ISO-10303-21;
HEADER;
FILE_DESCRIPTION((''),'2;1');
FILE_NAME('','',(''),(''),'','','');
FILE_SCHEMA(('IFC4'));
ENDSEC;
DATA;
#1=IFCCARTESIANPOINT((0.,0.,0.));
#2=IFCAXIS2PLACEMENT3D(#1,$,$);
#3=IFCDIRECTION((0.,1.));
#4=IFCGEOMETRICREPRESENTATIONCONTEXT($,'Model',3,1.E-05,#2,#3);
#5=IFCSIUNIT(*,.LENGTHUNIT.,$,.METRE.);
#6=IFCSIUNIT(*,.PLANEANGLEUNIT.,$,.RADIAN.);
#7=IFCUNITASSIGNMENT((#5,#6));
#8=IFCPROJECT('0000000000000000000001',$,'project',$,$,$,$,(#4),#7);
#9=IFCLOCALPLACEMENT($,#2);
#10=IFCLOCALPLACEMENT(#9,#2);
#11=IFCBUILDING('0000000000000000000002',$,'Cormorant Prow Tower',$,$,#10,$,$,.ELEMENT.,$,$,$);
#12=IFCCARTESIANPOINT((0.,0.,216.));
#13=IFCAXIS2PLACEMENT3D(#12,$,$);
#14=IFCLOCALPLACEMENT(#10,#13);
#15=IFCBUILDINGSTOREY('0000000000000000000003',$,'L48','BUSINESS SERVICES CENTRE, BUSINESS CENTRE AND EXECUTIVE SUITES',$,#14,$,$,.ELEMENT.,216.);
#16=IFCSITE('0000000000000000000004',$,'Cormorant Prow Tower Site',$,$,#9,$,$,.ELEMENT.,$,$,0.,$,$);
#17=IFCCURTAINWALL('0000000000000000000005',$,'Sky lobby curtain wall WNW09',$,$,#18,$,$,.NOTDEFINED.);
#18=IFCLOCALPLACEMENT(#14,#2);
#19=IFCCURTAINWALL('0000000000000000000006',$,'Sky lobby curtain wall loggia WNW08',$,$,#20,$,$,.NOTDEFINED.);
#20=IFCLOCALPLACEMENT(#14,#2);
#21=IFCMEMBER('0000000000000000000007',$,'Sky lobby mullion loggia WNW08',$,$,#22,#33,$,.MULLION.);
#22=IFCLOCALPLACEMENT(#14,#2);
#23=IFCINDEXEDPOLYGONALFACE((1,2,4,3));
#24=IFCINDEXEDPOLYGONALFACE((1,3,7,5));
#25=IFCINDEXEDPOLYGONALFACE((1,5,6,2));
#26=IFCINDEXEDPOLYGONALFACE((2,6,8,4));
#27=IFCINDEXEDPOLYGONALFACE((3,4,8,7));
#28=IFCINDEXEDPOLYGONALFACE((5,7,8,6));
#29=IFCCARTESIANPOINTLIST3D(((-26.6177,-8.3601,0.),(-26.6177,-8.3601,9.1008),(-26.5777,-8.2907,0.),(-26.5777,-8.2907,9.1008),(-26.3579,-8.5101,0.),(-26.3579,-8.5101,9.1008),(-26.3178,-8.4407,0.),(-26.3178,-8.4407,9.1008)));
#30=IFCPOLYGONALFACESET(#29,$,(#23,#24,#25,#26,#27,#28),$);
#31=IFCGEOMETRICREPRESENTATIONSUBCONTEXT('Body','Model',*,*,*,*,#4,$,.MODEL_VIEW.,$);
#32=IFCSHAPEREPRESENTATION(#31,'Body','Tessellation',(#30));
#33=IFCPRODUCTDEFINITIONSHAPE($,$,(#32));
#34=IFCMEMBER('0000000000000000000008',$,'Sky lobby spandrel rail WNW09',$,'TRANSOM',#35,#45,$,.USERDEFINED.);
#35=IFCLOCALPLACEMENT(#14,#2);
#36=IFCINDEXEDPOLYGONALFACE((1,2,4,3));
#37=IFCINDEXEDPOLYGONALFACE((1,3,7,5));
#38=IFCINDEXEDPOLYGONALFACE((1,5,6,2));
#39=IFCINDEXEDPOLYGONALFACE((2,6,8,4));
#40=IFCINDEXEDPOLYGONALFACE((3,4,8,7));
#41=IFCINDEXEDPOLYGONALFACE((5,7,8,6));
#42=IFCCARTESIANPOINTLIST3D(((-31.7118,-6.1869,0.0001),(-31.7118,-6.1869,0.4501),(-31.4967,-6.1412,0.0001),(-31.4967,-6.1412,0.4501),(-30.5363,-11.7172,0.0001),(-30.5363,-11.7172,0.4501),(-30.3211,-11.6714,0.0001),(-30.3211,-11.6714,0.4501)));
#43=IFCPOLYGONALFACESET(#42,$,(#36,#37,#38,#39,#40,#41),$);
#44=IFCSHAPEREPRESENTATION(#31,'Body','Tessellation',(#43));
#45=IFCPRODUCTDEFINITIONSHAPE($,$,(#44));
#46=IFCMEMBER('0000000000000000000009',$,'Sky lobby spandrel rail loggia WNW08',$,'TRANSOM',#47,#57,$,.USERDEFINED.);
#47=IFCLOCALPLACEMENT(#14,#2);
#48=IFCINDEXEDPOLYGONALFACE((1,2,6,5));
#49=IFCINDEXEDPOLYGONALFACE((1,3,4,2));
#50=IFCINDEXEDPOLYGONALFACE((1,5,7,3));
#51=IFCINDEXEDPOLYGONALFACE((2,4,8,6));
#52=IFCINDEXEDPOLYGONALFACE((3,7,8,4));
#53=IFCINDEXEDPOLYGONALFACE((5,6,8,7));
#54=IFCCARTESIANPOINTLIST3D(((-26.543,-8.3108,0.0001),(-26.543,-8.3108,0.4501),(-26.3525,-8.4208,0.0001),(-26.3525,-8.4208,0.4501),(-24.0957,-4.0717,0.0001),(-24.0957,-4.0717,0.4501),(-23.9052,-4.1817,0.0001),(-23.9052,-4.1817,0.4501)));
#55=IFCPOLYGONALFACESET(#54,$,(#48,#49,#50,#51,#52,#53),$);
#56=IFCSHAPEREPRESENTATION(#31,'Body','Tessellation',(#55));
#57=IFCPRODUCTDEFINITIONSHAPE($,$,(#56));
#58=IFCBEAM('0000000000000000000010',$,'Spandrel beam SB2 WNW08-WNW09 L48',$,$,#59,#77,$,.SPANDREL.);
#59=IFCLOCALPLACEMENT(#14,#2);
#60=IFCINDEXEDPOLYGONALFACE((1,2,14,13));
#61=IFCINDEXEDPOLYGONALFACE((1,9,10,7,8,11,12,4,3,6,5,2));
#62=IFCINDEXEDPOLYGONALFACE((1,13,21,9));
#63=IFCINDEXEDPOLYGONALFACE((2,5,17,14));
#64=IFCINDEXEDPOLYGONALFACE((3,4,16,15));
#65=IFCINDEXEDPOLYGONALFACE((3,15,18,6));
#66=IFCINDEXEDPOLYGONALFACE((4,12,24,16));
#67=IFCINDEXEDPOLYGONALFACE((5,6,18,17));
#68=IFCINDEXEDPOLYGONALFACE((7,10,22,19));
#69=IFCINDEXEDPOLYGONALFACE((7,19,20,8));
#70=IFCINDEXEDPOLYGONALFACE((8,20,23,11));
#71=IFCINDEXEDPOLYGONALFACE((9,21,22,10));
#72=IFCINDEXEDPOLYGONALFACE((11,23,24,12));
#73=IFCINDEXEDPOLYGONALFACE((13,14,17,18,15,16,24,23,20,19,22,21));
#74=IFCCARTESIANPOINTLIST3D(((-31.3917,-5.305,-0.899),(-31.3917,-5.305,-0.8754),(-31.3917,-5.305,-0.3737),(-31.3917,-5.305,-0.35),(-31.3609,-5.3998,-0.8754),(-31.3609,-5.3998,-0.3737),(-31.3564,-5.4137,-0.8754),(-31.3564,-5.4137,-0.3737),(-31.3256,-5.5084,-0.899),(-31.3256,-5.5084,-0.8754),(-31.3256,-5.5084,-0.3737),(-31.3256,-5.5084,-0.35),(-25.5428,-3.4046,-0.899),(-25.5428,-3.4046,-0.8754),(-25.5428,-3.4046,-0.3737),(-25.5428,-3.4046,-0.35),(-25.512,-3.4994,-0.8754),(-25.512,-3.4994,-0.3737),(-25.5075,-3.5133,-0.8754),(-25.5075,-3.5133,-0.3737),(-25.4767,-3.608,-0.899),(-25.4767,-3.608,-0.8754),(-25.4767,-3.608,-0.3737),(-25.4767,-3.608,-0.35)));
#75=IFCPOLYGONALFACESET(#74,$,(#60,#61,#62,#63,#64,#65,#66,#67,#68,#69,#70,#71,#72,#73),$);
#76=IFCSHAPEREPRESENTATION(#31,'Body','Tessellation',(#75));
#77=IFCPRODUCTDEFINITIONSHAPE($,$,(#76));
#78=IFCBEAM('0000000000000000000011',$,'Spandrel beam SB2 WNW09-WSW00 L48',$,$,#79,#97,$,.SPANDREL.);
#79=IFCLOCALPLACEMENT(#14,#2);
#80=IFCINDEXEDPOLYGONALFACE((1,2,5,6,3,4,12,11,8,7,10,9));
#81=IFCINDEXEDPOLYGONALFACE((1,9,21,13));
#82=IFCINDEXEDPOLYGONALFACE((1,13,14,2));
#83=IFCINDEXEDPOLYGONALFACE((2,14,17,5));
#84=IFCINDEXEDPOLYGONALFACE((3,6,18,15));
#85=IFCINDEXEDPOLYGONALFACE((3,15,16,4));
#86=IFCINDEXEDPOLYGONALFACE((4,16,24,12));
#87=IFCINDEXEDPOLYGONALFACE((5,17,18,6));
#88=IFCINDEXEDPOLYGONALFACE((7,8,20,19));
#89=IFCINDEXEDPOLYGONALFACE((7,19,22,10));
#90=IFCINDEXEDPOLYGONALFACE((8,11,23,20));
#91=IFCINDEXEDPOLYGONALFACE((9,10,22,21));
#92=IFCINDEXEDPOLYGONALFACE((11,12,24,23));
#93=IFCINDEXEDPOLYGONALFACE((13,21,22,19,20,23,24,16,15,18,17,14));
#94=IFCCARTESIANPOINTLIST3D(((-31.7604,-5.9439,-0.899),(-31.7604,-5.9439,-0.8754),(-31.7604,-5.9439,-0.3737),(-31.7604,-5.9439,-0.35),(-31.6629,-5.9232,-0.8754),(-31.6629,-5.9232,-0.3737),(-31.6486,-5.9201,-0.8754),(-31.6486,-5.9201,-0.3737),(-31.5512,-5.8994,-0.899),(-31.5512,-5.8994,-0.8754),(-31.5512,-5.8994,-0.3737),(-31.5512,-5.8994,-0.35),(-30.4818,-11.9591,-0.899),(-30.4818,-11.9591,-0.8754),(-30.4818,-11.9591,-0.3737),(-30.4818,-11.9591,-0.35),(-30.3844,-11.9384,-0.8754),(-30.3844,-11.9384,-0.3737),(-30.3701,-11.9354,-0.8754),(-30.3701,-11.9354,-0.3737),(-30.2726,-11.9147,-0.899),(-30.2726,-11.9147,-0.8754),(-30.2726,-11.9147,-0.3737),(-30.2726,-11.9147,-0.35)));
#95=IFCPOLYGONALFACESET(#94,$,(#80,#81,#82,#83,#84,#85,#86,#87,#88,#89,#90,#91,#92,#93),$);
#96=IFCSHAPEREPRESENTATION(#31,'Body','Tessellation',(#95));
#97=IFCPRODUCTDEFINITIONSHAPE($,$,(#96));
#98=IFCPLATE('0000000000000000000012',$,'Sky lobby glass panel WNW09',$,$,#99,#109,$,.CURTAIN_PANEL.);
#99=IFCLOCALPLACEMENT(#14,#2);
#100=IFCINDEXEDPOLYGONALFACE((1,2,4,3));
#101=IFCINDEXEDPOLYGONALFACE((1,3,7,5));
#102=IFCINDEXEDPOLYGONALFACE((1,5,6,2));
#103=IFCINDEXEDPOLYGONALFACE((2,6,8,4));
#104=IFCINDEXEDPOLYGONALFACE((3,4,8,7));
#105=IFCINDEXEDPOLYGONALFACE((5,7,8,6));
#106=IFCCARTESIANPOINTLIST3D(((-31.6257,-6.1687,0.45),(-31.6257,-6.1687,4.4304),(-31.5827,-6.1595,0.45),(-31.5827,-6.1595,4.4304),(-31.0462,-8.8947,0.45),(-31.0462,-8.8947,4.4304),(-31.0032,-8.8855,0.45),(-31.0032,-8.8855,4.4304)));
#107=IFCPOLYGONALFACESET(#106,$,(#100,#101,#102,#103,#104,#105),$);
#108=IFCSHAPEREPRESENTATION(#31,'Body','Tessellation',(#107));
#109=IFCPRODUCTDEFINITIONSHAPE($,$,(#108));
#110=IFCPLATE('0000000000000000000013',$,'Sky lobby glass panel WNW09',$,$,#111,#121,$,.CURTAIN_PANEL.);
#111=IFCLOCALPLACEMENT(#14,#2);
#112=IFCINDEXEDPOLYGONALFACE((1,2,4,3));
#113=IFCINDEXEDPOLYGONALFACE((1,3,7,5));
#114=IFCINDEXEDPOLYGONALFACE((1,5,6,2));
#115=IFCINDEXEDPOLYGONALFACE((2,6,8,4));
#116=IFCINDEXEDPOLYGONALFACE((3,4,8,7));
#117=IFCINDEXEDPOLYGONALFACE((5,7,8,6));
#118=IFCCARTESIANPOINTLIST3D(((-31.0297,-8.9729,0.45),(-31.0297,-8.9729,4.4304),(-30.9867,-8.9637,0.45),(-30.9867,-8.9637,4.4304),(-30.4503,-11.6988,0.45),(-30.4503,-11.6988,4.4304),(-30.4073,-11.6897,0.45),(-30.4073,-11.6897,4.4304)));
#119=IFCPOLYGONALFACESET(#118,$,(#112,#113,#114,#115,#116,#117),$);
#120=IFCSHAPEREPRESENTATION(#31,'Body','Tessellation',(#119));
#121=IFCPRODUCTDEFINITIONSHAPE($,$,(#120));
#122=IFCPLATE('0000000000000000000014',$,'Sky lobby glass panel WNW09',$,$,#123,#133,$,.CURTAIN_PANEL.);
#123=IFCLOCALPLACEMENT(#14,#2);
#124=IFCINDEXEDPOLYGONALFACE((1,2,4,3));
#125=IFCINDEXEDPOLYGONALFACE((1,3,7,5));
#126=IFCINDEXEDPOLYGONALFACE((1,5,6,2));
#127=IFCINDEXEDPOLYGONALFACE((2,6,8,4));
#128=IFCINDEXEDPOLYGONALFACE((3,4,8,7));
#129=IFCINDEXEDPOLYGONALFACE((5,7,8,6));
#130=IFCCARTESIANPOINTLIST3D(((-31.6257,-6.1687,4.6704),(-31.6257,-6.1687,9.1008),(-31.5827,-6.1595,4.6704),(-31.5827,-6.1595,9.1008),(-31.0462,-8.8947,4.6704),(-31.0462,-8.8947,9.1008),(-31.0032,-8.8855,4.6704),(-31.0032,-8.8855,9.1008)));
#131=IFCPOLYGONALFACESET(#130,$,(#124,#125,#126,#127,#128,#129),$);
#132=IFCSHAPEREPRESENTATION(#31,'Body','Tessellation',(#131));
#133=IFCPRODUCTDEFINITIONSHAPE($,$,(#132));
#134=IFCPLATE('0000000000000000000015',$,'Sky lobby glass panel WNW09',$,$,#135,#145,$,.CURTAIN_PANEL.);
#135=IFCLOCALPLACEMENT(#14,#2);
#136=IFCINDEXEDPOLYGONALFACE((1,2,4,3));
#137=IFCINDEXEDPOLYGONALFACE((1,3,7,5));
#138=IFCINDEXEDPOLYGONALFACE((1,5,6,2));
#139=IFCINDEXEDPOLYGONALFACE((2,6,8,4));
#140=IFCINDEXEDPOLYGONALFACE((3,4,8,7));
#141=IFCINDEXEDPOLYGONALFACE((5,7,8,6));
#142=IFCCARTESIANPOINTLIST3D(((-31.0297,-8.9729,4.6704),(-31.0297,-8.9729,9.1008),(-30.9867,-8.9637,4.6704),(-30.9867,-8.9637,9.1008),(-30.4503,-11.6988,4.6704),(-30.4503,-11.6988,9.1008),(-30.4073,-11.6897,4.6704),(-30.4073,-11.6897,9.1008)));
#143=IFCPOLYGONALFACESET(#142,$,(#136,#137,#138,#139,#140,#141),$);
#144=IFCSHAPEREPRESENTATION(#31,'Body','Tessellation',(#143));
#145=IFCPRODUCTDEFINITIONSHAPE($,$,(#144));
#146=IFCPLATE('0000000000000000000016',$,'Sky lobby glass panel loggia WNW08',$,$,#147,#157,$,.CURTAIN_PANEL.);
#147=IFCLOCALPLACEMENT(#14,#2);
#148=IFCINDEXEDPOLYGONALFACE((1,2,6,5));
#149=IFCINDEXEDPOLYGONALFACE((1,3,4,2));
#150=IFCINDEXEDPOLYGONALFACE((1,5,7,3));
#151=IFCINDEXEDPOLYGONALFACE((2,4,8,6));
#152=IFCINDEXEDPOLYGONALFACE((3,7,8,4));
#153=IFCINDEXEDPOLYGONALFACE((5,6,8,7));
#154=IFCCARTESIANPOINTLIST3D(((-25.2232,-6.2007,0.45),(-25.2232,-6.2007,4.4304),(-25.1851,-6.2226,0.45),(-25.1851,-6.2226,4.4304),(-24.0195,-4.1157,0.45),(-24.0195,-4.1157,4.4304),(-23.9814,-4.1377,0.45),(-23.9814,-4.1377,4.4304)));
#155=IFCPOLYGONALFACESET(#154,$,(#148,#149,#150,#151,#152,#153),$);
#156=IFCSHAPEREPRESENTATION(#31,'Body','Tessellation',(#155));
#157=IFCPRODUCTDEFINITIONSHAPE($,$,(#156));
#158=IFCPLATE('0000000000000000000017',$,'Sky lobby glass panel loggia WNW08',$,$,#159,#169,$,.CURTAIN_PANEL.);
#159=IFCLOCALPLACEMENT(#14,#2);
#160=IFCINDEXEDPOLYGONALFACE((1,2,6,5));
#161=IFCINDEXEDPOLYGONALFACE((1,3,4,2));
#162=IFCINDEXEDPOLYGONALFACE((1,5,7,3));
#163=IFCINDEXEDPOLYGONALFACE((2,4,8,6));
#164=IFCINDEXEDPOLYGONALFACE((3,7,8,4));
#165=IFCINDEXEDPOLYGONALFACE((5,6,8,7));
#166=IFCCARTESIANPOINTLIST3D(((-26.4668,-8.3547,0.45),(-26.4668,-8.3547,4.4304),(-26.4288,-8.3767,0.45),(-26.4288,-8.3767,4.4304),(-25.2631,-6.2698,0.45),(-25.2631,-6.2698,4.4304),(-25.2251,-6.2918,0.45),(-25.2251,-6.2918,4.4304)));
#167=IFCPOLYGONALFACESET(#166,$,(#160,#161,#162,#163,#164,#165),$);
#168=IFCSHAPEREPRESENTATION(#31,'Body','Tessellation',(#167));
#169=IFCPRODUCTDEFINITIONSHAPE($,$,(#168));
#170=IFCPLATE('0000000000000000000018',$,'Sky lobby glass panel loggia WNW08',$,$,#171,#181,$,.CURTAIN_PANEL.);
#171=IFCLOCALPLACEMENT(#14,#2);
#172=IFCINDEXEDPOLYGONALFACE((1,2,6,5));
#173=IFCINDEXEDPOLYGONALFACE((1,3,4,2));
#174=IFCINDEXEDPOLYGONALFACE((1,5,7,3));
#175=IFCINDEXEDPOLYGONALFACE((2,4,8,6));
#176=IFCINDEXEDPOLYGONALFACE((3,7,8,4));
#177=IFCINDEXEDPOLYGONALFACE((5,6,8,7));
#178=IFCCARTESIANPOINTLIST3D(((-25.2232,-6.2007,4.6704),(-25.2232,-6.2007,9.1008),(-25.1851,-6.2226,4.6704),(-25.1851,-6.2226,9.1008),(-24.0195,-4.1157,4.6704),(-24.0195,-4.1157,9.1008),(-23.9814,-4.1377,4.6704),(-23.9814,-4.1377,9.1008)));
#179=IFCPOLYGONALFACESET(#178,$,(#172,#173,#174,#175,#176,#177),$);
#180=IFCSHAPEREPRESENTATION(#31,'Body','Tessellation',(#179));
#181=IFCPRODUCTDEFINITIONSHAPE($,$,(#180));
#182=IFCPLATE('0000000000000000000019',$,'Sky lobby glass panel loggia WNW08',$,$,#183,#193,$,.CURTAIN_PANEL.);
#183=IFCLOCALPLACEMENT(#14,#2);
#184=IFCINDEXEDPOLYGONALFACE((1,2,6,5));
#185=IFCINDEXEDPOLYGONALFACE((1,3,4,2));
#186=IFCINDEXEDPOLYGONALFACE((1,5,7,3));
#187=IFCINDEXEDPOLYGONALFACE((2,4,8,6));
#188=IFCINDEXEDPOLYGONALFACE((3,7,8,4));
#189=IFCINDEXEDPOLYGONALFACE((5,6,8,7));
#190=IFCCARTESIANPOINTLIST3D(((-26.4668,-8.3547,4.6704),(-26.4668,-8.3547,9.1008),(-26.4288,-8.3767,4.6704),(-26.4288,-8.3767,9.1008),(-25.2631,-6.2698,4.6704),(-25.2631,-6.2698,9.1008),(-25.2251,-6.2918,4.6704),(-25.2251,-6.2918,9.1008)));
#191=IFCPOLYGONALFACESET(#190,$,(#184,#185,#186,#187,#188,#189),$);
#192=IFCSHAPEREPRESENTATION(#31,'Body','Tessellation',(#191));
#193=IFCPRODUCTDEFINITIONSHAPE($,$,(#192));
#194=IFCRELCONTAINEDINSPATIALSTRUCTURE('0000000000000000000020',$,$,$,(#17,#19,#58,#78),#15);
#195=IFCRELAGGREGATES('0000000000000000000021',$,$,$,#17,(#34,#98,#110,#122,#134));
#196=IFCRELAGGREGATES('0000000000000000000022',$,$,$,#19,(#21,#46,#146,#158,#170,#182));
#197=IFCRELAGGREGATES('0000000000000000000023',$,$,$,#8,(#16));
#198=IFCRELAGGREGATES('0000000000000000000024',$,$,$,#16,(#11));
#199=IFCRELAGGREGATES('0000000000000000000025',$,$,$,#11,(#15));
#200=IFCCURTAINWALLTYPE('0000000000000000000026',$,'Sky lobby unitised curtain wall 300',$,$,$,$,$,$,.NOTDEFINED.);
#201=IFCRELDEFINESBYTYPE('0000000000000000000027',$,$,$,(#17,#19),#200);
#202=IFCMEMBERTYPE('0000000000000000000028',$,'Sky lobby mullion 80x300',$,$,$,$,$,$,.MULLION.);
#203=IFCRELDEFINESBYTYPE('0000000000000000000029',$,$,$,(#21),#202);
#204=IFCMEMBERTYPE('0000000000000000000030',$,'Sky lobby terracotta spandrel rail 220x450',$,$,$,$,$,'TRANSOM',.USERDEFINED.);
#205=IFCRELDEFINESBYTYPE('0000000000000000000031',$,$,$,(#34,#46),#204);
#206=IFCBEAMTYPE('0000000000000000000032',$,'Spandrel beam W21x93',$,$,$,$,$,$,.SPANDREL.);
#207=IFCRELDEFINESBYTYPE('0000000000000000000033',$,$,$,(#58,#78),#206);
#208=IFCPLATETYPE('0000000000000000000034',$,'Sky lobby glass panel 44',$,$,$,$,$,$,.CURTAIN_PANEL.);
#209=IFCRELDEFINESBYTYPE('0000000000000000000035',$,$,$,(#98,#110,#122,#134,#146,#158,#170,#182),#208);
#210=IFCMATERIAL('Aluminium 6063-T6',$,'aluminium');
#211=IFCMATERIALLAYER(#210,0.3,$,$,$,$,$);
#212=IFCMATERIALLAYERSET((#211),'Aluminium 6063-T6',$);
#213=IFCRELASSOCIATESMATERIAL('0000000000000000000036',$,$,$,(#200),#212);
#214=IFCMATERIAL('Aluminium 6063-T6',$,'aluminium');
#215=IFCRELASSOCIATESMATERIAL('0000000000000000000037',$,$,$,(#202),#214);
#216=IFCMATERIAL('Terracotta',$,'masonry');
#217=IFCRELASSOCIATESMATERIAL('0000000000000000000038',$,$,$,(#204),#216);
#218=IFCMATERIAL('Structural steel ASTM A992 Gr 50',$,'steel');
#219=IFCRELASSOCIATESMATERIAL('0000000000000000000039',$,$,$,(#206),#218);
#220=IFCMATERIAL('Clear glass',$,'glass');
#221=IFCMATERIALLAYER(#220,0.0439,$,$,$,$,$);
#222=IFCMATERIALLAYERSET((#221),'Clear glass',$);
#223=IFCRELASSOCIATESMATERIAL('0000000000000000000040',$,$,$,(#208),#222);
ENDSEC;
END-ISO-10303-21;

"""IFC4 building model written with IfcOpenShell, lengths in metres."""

from ifc_helpers import new_model, si_unit, direction, frame, origin, origin_2d, place, context, subcontext, project, spatial, rectangle, i_section, extrude, material, layer, layer_set, material_profile, profile_set, type_object, element, aggregate, save


model = new_model("IFC4")

# Units and contexts
model_context = context("Model", 3, precision=1e-05, world=origin(), true_north=direction((0.0, 1.0)))
body_context = subcontext(model_context, "Body", "Model", "MODEL_VIEW")
ifc_project = project(units=[si_unit("LENGTHUNIT", "METRE"), si_unit("PLANEANGLEUNIT", "RADIAN")], contexts=[model_context])

# Site, building, storey
site_placement = place(None, origin())
site = spatial("IfcSite", under=ifc_project, at=site_placement, Name="Cormorant Prow Tower Site", CompositionType="ELEMENT", RefElevation=0.0)
building_placement = place(site_placement, origin())
building = spatial("IfcBuilding", under=site, at=building_placement, Name="Cormorant Prow Tower", CompositionType="ELEMENT")
storey_placement = place(building_placement, frame((0.0, 0.0, 216.0)))
storey = spatial("IfcBuildingStorey", under=building, at=storey_placement, Name="L48", Description="BUSINESS SERVICES CENTRE, BUSINESS CENTRE AND EXECUTIVE SUITES", CompositionType="ELEMENT", Elevation=216.0)

# Curtain walls
ifc_material_1 = material(Name="Aluminium 6063-T6", Category="aluminium")
ifc_layer_1 = layer(ifc_material_1, 0.3)
ifc_layer_set_1 = layer_set([ifc_layer_1], Name="Aluminium 6063-T6")
curtain_wall_type = type_object("IfcCurtainWallType", Name="Sky lobby unitised curtain wall 300", PredefinedType="NOTDEFINED", material=ifc_layer_set_1)
curtain_wall_1_placement = place(storey_placement, origin())
curtain_wall_1 = element("IfcCurtainWall", 1, at=curtain_wall_1_placement, inside=storey, type_object=curtain_wall_type, Name="Sky lobby curtain wall WNW09", PredefinedType="NOTDEFINED")
curtain_wall_2_placement = place(storey_placement, origin())
curtain_wall_2 = element("IfcCurtainWall", 2, at=curtain_wall_2_placement, inside=storey, type_object=curtain_wall_type, Name="Sky lobby curtain wall loggia WNW08", PredefinedType="NOTDEFINED")

# Members
ifc_material_2 = material(Name="Aluminium 6063-T6", Category="aluminium")
ifc_material_profile_1 = material_profile(ifc_material_2, rectangle(XDim=0.3, YDim=0.0801, at=origin_2d()), Name="Sky lobby mullion 80x300")
ifc_profile_set_1 = profile_set([ifc_material_profile_1], Name="Aluminium 6063-T6")
member_type_1 = type_object("IfcMemberType", Name="Sky lobby mullion 80x300", PredefinedType="MULLION", material=ifc_profile_set_1)
member_1_placement = place(storey_placement, frame((-26.4678, -8.4004, 0.0), z_axis=(0.0, 0.0, 1.0), x_axis=(0.866025, -0.5, 0.0)))
member_1 = element("IfcMember", 3, at=member_1_placement, type_object=member_type_1, Name="Sky lobby mullion loggia WNW08", PredefinedType="MULLION", context=body_context, shape_type="SweptSolid", body=[
    extrude(rectangle(XDim=0.3, YDim=0.0801, at=origin_2d()), origin(), (0.0, 0.0, 1.0), 9.1008),
])
ifc_material_3 = material(Name="Terracotta", Category="masonry")
ifc_material_profile_2 = material_profile(ifc_material_3, rectangle(XDim=0.22, YDim=0.45, at=origin_2d()), Name="Sky lobby terracotta spandrel rail 220x450")
ifc_profile_set_2 = profile_set([ifc_material_profile_2], Name="Terracotta")
member_type_2 = type_object("IfcMemberType", Name="Sky lobby terracotta spandrel rail 220x450", ElementType="TRANSOM", PredefinedType="USERDEFINED", material=ifc_profile_set_2)
member_2_placement = place(storey_placement, frame((-31.6042, -6.1641, 0.2251), z_axis=(0.207919, -0.978146, 0.0), x_axis=(0.978146, 0.207919, 0.0)))
member_2 = element("IfcMember", 4, at=member_2_placement, type_object=member_type_2, Name="Sky lobby spandrel rail WNW09", ObjectType="TRANSOM", PredefinedType="USERDEFINED", context=body_context, shape_type="SweptSolid", body=[
    extrude(rectangle(XDim=0.22, YDim=0.45, at=origin_2d()), origin(), (0.0, 0.0, 1.0), 5.6538),
])
member_3_placement = place(storey_placement, frame((-24.0005, -4.1267, 0.2251), z_axis=(-0.49998, -0.866037, 0.0), x_axis=(0.866037, -0.49998, 0.0)))
member_3 = element("IfcMember", 5, at=member_3_placement, type_object=member_type_2, Name="Sky lobby spandrel rail loggia WNW08", ObjectType="TRANSOM", PredefinedType="USERDEFINED", context=body_context, shape_type="SweptSolid", body=[
    extrude(rectangle(XDim=0.22, YDim=0.45, at=origin_2d()), origin(), (0.0, 0.0, 1.0), 4.8948),
])

# Beams
ifc_material_4 = material(Name="Structural steel ASTM A992 Gr 50", Category="steel")
ifc_material_profile_3 = material_profile(ifc_material_4, i_section(OverallWidth=0.2139, OverallDepth=0.5491, WebThickness=0.0146, FlangeThickness=0.0237, at=origin_2d()), Name="W21x93")
ifc_profile_set_3 = profile_set([ifc_material_profile_3], Name="Structural steel ASTM A992 Gr 50")
beam_type_1 = type_object("IfcBeamType", Name="Spandrel beam W21x93", PredefinedType="SPANDREL", material=ifc_profile_set_3)
beam_1_placement = place(storey_placement, frame((-25.5098, -3.5063, -0.6245), z_axis=(-0.951058, -0.309013, 0.0), x_axis=(0.309013, -0.951058, 0.0)))
element("IfcBeam", 6, at=beam_1_placement, inside=storey, type_object=beam_type_1, Name="Spandrel beam SB2 WNW08-WNW09 L48", PredefinedType="SPANDREL", context=body_context, shape_type="SweptSolid", body=[
    extrude(i_section(OverallWidth=0.2139, OverallDepth=0.5491, WebThickness=0.0146, FlangeThickness=0.0237, at=origin_2d()), origin(), (0.0, 0.0, 1.0), 6.1499),
])
beam_2_placement = place(storey_placement, frame((-31.6558, -5.9216, -0.6245), z_axis=(0.207905, -0.978149, 0.0), x_axis=(0.978149, 0.207905, 0.0)))
element("IfcBeam", 7, at=beam_2_placement, inside=storey, type_object=beam_type_1, Name="Spandrel beam SB2 WNW09-WSW00 L48", PredefinedType="SPANDREL", context=body_context, shape_type="SweptSolid", body=[
    extrude(i_section(OverallWidth=0.2139, OverallDepth=0.5491, WebThickness=0.0146, FlangeThickness=0.0237, at=origin_2d()), origin(), (0.0, 0.0, 1.0), 6.1497),
])

# Plates
ifc_material_5 = material(Name="Clear glass", Category="glass")
ifc_layer_2 = layer(ifc_material_5, 0.0439)
ifc_layer_set_2 = layer_set([ifc_layer_2], Name="Clear glass")
plate_type = type_object("IfcPlateType", Name="Sky lobby glass panel 44", PredefinedType="CURTAIN_PANEL", material=ifc_layer_set_2)
plate_1_placement = place(storey_placement, frame((-31.3145, -7.5271, 0.45), z_axis=(0.0, 0.0, 1.0), x_axis=(0.207912, -0.978148, 0.0)))
plate_1 = element("IfcPlate", 8, at=plate_1_placement, type_object=plate_type, Name="Sky lobby glass panel WNW09", PredefinedType="CURTAIN_PANEL", context=body_context, shape_type="SweptSolid", body=[
    extrude(rectangle(XDim=2.7869, YDim=0.0439, at=origin_2d()), origin(), (0.0, 0.0, 1.0), 3.9805),
])
plate_2_placement = place(storey_placement, frame((-30.7185, -10.3313, 0.45), z_axis=(0.0, 0.0, 1.0), x_axis=(0.207912, -0.978148, 0.0)))
plate_2 = element("IfcPlate", 9, at=plate_2_placement, type_object=plate_type, Name="Sky lobby glass panel WNW09", PredefinedType="CURTAIN_PANEL", context=body_context, shape_type="SweptSolid", body=[
    extrude(rectangle(XDim=2.7869, YDim=0.0439, at=origin_2d()), origin(), (0.0, 0.0, 1.0), 3.9805),
])
plate_3_placement = place(storey_placement, frame((-31.3145, -7.5271, 4.6704), z_axis=(0.0, 0.0, 1.0), x_axis=(0.207912, -0.978148, 0.0)))
plate_3 = element("IfcPlate", 10, at=plate_3_placement, type_object=plate_type, Name="Sky lobby glass panel WNW09", PredefinedType="CURTAIN_PANEL", context=body_context, shape_type="SweptSolid", body=[
    extrude(rectangle(XDim=2.7869, YDim=0.0439, at=origin_2d()), origin(), (0.0, 0.0, 1.0), 4.4304),
])
plate_4_placement = place(storey_placement, frame((-30.7185, -10.3313, 4.6704), z_axis=(0.0, 0.0, 1.0), x_axis=(0.207912, -0.978148, 0.0)))
plate_4 = element("IfcPlate", 11, at=plate_4_placement, type_object=plate_type, Name="Sky lobby glass panel WNW09", PredefinedType="CURTAIN_PANEL", context=body_context, shape_type="SweptSolid", body=[
    extrude(rectangle(XDim=2.7869, YDim=0.0439, at=origin_2d()), origin(), (0.0, 0.0, 1.0), 4.4304),
])
aggregate(curtain_wall_1, [member_2, plate_1, plate_2, plate_3, plate_4])
plate_5_placement = place(storey_placement, frame((-24.6023, -5.1692, 0.45), z_axis=(0.0, 0.0, 1.0), x_axis=(-0.5, -0.866025, 0.0)))
plate_5 = element("IfcPlate", 12, at=plate_5_placement, type_object=plate_type, Name="Sky lobby glass panel loggia WNW08", PredefinedType="CURTAIN_PANEL", context=body_context, shape_type="SweptSolid", body=[
    extrude(rectangle(XDim=2.4075, YDim=0.0439, at=origin_2d()), origin(), (0.0, 0.0, 1.0), 3.9805),
])
plate_6_placement = place(storey_placement, frame((-25.8459, -7.3232, 0.45), z_axis=(0.0, 0.0, 1.0), x_axis=(-0.5, -0.866025, 0.0)))
plate_6 = element("IfcPlate", 13, at=plate_6_placement, type_object=plate_type, Name="Sky lobby glass panel loggia WNW08", PredefinedType="CURTAIN_PANEL", context=body_context, shape_type="SweptSolid", body=[
    extrude(rectangle(XDim=2.4075, YDim=0.0439, at=origin_2d()), origin(), (0.0, 0.0, 1.0), 3.9805),
])
plate_7_placement = place(storey_placement, frame((-24.6023, -5.1692, 4.6704), z_axis=(0.0, 0.0, 1.0), x_axis=(-0.5, -0.866025, 0.0)))
plate_7 = element("IfcPlate", 14, at=plate_7_placement, type_object=plate_type, Name="Sky lobby glass panel loggia WNW08", PredefinedType="CURTAIN_PANEL", context=body_context, shape_type="SweptSolid", body=[
    extrude(rectangle(XDim=2.4075, YDim=0.0439, at=origin_2d()), origin(), (0.0, 0.0, 1.0), 4.4304),
])
plate_8_placement = place(storey_placement, frame((-25.8459, -7.3232, 4.6704), z_axis=(0.0, 0.0, 1.0), x_axis=(-0.5, -0.866025, 0.0)))
plate_8 = element("IfcPlate", 15, at=plate_8_placement, type_object=plate_type, Name="Sky lobby glass panel loggia WNW08", PredefinedType="CURTAIN_PANEL", context=body_context, shape_type="SweptSolid", body=[
    extrude(rectangle(XDim=2.4075, YDim=0.0439, at=origin_2d()), origin(), (0.0, 0.0, 1.0), 4.4304),
])
aggregate(curtain_wall_2, [member_1, member_3, plate_5, plate_6, plate_7, plate_8])

save(model, "model.ifc")
